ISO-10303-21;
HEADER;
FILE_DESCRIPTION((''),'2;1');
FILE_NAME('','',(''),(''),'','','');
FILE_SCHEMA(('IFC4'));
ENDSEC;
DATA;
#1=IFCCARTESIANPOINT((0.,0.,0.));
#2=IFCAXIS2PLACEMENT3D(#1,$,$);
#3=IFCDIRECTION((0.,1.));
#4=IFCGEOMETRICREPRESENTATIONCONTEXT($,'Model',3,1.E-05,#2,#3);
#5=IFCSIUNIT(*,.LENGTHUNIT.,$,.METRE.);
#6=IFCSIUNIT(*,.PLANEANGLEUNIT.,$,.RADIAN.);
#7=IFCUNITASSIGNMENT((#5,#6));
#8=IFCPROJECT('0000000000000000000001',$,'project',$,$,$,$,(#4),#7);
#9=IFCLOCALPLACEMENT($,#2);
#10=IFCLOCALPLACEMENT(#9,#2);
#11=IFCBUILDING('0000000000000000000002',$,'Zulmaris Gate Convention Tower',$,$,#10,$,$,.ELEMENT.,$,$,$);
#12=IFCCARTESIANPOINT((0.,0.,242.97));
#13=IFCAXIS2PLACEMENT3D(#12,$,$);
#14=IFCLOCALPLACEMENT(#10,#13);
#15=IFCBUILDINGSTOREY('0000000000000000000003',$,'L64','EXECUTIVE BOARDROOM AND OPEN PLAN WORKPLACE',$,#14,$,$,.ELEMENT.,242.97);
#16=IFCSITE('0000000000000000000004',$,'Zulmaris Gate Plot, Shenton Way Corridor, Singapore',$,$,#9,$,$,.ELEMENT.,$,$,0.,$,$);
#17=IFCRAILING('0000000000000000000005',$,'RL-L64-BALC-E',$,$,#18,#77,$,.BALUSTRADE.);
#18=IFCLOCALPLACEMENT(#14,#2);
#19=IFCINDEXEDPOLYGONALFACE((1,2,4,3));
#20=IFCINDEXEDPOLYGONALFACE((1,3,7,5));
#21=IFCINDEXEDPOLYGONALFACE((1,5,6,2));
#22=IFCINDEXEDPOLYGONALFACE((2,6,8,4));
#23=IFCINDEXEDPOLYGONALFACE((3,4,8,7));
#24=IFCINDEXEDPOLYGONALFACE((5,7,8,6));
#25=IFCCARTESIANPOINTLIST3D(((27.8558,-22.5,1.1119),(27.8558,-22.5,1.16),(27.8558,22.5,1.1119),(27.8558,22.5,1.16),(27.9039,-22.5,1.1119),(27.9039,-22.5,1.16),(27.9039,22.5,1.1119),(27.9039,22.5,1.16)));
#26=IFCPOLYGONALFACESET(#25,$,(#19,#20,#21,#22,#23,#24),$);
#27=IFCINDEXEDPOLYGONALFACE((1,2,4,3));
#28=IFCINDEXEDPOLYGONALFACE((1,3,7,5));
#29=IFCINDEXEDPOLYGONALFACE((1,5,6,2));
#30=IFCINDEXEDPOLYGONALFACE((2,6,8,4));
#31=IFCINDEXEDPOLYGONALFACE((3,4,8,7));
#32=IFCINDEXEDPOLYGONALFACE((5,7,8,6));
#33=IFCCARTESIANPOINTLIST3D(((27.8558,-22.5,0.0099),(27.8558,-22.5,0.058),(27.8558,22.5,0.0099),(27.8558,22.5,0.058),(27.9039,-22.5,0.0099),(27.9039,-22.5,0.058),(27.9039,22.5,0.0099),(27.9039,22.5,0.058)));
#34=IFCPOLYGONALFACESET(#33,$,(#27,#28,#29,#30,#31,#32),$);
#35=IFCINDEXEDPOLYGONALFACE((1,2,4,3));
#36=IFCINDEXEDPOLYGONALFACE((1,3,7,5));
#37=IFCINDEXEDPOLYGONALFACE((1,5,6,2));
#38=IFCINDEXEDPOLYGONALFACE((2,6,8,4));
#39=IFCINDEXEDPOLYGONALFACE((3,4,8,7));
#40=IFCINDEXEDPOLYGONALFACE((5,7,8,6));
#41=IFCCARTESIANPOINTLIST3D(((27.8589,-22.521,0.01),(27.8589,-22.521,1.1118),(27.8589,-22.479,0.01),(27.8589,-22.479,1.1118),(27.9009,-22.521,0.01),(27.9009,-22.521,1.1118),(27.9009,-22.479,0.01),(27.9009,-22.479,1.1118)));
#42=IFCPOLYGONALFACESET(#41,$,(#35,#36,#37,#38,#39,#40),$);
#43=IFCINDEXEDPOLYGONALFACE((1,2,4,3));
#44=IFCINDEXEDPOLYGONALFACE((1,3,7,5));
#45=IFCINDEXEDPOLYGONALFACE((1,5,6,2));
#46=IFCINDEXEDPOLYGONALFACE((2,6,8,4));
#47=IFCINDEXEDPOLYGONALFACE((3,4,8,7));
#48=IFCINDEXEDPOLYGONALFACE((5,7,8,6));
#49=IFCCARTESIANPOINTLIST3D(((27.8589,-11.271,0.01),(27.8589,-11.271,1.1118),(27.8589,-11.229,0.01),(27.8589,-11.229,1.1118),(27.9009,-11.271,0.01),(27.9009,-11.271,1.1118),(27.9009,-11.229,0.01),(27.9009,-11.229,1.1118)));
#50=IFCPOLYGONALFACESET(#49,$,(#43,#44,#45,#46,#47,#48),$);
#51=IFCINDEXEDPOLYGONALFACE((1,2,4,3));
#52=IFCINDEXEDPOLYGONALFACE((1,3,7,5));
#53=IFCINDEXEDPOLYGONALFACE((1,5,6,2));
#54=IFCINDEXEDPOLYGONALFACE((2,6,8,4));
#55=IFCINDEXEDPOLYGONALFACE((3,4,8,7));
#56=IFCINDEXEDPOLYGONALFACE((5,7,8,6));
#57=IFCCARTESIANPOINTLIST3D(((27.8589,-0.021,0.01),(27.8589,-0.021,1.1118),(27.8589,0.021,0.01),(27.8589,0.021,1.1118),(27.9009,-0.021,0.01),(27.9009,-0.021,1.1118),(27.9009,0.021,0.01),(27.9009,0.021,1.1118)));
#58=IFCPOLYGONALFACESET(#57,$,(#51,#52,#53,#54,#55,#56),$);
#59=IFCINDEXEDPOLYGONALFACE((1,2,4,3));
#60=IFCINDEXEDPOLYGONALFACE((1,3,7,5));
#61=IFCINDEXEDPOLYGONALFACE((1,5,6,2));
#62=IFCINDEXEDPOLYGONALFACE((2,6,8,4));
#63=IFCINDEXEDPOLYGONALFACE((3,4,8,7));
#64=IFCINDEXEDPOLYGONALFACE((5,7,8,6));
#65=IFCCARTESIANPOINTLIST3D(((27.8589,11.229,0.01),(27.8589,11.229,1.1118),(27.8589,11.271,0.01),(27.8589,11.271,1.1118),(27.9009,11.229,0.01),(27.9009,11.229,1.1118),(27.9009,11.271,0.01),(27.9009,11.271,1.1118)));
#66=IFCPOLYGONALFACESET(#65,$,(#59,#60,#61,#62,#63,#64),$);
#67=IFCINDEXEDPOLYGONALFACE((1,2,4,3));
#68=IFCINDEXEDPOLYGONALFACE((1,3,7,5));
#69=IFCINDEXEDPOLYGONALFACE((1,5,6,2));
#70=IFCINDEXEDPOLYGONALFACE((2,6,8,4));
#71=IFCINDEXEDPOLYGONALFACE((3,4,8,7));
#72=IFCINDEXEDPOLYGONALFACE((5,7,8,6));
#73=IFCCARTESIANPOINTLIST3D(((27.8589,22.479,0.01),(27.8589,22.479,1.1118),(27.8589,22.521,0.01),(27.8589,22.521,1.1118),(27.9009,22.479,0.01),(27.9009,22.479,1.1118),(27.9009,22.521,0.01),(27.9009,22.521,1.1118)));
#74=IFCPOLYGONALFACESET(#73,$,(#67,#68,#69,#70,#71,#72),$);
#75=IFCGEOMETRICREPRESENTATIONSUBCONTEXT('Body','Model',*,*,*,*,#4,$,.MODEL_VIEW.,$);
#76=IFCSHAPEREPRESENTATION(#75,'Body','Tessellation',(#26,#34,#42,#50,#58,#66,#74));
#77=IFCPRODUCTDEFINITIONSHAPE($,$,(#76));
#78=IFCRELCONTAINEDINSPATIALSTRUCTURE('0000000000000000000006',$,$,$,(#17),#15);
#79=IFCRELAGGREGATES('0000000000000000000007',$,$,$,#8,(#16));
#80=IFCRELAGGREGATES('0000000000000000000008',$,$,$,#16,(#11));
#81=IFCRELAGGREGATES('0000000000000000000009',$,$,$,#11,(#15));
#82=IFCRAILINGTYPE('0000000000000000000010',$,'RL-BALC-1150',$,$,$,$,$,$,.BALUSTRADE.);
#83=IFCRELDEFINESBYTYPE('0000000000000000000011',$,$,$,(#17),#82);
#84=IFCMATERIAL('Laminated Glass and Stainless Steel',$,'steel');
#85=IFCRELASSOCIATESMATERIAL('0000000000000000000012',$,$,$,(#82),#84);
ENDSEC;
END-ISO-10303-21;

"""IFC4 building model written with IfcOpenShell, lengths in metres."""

from ifc_helpers import new_model, si_unit, direction, frame, origin, origin_2d, place, context, subcontext, project, spatial, rectangle, extrude, material, type_object, element, save


model = new_model("IFC4")

# Units and contexts
model_context = context("Model", 3, precision=1e-05, world=origin(), true_north=direction((0.0, 1.0)))
body_context = subcontext(model_context, "Body", "Model", "MODEL_VIEW")
ifc_project = project(units=[si_unit("LENGTHUNIT", "METRE"), si_unit("PLANEANGLEUNIT", "RADIAN")], contexts=[model_context])

# Site, building, storey
site_placement = place(None, origin())
site = spatial("IfcSite", under=ifc_project, at=site_placement, Name="Zulmaris Gate Plot, Shenton Way Corridor, Singapore", CompositionType="ELEMENT", RefElevation=0.0)
building_placement = place(site_placement, origin())
building = spatial("IfcBuilding", under=site, at=building_placement, Name="Zulmaris Gate Convention Tower", CompositionType="ELEMENT")
storey_placement = place(building_placement, frame((0.0, 0.0, 242.97)))
storey = spatial("IfcBuildingStorey", under=building, at=storey_placement, Name="L64", Description="EXECUTIVE BOARDROOM AND OPEN PLAN WORKPLACE", CompositionType="ELEMENT", Elevation=242.97)

# Railing
ifc_material_1 = material(Name="Laminated Glass and Stainless Steel", Category="steel")
railing_type = type_object("IfcRailingType", Name="RL-BALC-1150", PredefinedType="BALUSTRADE", material=ifc_material_1)
railing_placement = place(storey_placement, frame((27.8799, -22.5, 0.01)))
element("IfcRailing", 1, at=railing_placement, inside=storey, type_object=railing_type, Name="RL-L64-BALC-E", PredefinedType="BALUSTRADE", context=body_context, shape_type="SweptSolid", body=[
    extrude(rectangle(XDim=0.0481, YDim=0.0481, at=origin_2d()), frame((0.0, 0.0, 1.126), z_axis=(0.0, 1.0, 0.0), x_axis=(-1.0, 0.0, 0.0)), (0.0, 0.0, 1.0), 45.0),
    extrude(rectangle(XDim=0.0481, YDim=0.0481, at=origin_2d()), frame((0.0, 0.0, 0.0239), z_axis=(0.0, 1.0, 0.0), x_axis=(-1.0, 0.0, 0.0)), (0.0, 0.0, 1.0), 45.0),
    extrude(rectangle(XDim=0.042, YDim=0.042, at=origin_2d()), origin(), (0.0, 0.0, 1.0), 1.1018),
    extrude(rectangle(XDim=0.042, YDim=0.042, at=origin_2d()), frame((0.0, 11.25, 0.0)), (0.0, 0.0, 1.0), 1.1018),
    extrude(rectangle(XDim=0.042, YDim=0.042, at=origin_2d()), frame((0.0, 22.5, 0.0)), (0.0, 0.0, 1.0), 1.1018),
    extrude(rectangle(XDim=0.042, YDim=0.042, at=origin_2d()), frame((0.0, 33.75, 0.0)), (0.0, 0.0, 1.0), 1.1018),
    extrude(rectangle(XDim=0.042, YDim=0.042, at=origin_2d()), frame((0.0, 45.0, 0.0)), (0.0, 0.0, 1.0), 1.1018),
])

save(model, "model.ifc")
